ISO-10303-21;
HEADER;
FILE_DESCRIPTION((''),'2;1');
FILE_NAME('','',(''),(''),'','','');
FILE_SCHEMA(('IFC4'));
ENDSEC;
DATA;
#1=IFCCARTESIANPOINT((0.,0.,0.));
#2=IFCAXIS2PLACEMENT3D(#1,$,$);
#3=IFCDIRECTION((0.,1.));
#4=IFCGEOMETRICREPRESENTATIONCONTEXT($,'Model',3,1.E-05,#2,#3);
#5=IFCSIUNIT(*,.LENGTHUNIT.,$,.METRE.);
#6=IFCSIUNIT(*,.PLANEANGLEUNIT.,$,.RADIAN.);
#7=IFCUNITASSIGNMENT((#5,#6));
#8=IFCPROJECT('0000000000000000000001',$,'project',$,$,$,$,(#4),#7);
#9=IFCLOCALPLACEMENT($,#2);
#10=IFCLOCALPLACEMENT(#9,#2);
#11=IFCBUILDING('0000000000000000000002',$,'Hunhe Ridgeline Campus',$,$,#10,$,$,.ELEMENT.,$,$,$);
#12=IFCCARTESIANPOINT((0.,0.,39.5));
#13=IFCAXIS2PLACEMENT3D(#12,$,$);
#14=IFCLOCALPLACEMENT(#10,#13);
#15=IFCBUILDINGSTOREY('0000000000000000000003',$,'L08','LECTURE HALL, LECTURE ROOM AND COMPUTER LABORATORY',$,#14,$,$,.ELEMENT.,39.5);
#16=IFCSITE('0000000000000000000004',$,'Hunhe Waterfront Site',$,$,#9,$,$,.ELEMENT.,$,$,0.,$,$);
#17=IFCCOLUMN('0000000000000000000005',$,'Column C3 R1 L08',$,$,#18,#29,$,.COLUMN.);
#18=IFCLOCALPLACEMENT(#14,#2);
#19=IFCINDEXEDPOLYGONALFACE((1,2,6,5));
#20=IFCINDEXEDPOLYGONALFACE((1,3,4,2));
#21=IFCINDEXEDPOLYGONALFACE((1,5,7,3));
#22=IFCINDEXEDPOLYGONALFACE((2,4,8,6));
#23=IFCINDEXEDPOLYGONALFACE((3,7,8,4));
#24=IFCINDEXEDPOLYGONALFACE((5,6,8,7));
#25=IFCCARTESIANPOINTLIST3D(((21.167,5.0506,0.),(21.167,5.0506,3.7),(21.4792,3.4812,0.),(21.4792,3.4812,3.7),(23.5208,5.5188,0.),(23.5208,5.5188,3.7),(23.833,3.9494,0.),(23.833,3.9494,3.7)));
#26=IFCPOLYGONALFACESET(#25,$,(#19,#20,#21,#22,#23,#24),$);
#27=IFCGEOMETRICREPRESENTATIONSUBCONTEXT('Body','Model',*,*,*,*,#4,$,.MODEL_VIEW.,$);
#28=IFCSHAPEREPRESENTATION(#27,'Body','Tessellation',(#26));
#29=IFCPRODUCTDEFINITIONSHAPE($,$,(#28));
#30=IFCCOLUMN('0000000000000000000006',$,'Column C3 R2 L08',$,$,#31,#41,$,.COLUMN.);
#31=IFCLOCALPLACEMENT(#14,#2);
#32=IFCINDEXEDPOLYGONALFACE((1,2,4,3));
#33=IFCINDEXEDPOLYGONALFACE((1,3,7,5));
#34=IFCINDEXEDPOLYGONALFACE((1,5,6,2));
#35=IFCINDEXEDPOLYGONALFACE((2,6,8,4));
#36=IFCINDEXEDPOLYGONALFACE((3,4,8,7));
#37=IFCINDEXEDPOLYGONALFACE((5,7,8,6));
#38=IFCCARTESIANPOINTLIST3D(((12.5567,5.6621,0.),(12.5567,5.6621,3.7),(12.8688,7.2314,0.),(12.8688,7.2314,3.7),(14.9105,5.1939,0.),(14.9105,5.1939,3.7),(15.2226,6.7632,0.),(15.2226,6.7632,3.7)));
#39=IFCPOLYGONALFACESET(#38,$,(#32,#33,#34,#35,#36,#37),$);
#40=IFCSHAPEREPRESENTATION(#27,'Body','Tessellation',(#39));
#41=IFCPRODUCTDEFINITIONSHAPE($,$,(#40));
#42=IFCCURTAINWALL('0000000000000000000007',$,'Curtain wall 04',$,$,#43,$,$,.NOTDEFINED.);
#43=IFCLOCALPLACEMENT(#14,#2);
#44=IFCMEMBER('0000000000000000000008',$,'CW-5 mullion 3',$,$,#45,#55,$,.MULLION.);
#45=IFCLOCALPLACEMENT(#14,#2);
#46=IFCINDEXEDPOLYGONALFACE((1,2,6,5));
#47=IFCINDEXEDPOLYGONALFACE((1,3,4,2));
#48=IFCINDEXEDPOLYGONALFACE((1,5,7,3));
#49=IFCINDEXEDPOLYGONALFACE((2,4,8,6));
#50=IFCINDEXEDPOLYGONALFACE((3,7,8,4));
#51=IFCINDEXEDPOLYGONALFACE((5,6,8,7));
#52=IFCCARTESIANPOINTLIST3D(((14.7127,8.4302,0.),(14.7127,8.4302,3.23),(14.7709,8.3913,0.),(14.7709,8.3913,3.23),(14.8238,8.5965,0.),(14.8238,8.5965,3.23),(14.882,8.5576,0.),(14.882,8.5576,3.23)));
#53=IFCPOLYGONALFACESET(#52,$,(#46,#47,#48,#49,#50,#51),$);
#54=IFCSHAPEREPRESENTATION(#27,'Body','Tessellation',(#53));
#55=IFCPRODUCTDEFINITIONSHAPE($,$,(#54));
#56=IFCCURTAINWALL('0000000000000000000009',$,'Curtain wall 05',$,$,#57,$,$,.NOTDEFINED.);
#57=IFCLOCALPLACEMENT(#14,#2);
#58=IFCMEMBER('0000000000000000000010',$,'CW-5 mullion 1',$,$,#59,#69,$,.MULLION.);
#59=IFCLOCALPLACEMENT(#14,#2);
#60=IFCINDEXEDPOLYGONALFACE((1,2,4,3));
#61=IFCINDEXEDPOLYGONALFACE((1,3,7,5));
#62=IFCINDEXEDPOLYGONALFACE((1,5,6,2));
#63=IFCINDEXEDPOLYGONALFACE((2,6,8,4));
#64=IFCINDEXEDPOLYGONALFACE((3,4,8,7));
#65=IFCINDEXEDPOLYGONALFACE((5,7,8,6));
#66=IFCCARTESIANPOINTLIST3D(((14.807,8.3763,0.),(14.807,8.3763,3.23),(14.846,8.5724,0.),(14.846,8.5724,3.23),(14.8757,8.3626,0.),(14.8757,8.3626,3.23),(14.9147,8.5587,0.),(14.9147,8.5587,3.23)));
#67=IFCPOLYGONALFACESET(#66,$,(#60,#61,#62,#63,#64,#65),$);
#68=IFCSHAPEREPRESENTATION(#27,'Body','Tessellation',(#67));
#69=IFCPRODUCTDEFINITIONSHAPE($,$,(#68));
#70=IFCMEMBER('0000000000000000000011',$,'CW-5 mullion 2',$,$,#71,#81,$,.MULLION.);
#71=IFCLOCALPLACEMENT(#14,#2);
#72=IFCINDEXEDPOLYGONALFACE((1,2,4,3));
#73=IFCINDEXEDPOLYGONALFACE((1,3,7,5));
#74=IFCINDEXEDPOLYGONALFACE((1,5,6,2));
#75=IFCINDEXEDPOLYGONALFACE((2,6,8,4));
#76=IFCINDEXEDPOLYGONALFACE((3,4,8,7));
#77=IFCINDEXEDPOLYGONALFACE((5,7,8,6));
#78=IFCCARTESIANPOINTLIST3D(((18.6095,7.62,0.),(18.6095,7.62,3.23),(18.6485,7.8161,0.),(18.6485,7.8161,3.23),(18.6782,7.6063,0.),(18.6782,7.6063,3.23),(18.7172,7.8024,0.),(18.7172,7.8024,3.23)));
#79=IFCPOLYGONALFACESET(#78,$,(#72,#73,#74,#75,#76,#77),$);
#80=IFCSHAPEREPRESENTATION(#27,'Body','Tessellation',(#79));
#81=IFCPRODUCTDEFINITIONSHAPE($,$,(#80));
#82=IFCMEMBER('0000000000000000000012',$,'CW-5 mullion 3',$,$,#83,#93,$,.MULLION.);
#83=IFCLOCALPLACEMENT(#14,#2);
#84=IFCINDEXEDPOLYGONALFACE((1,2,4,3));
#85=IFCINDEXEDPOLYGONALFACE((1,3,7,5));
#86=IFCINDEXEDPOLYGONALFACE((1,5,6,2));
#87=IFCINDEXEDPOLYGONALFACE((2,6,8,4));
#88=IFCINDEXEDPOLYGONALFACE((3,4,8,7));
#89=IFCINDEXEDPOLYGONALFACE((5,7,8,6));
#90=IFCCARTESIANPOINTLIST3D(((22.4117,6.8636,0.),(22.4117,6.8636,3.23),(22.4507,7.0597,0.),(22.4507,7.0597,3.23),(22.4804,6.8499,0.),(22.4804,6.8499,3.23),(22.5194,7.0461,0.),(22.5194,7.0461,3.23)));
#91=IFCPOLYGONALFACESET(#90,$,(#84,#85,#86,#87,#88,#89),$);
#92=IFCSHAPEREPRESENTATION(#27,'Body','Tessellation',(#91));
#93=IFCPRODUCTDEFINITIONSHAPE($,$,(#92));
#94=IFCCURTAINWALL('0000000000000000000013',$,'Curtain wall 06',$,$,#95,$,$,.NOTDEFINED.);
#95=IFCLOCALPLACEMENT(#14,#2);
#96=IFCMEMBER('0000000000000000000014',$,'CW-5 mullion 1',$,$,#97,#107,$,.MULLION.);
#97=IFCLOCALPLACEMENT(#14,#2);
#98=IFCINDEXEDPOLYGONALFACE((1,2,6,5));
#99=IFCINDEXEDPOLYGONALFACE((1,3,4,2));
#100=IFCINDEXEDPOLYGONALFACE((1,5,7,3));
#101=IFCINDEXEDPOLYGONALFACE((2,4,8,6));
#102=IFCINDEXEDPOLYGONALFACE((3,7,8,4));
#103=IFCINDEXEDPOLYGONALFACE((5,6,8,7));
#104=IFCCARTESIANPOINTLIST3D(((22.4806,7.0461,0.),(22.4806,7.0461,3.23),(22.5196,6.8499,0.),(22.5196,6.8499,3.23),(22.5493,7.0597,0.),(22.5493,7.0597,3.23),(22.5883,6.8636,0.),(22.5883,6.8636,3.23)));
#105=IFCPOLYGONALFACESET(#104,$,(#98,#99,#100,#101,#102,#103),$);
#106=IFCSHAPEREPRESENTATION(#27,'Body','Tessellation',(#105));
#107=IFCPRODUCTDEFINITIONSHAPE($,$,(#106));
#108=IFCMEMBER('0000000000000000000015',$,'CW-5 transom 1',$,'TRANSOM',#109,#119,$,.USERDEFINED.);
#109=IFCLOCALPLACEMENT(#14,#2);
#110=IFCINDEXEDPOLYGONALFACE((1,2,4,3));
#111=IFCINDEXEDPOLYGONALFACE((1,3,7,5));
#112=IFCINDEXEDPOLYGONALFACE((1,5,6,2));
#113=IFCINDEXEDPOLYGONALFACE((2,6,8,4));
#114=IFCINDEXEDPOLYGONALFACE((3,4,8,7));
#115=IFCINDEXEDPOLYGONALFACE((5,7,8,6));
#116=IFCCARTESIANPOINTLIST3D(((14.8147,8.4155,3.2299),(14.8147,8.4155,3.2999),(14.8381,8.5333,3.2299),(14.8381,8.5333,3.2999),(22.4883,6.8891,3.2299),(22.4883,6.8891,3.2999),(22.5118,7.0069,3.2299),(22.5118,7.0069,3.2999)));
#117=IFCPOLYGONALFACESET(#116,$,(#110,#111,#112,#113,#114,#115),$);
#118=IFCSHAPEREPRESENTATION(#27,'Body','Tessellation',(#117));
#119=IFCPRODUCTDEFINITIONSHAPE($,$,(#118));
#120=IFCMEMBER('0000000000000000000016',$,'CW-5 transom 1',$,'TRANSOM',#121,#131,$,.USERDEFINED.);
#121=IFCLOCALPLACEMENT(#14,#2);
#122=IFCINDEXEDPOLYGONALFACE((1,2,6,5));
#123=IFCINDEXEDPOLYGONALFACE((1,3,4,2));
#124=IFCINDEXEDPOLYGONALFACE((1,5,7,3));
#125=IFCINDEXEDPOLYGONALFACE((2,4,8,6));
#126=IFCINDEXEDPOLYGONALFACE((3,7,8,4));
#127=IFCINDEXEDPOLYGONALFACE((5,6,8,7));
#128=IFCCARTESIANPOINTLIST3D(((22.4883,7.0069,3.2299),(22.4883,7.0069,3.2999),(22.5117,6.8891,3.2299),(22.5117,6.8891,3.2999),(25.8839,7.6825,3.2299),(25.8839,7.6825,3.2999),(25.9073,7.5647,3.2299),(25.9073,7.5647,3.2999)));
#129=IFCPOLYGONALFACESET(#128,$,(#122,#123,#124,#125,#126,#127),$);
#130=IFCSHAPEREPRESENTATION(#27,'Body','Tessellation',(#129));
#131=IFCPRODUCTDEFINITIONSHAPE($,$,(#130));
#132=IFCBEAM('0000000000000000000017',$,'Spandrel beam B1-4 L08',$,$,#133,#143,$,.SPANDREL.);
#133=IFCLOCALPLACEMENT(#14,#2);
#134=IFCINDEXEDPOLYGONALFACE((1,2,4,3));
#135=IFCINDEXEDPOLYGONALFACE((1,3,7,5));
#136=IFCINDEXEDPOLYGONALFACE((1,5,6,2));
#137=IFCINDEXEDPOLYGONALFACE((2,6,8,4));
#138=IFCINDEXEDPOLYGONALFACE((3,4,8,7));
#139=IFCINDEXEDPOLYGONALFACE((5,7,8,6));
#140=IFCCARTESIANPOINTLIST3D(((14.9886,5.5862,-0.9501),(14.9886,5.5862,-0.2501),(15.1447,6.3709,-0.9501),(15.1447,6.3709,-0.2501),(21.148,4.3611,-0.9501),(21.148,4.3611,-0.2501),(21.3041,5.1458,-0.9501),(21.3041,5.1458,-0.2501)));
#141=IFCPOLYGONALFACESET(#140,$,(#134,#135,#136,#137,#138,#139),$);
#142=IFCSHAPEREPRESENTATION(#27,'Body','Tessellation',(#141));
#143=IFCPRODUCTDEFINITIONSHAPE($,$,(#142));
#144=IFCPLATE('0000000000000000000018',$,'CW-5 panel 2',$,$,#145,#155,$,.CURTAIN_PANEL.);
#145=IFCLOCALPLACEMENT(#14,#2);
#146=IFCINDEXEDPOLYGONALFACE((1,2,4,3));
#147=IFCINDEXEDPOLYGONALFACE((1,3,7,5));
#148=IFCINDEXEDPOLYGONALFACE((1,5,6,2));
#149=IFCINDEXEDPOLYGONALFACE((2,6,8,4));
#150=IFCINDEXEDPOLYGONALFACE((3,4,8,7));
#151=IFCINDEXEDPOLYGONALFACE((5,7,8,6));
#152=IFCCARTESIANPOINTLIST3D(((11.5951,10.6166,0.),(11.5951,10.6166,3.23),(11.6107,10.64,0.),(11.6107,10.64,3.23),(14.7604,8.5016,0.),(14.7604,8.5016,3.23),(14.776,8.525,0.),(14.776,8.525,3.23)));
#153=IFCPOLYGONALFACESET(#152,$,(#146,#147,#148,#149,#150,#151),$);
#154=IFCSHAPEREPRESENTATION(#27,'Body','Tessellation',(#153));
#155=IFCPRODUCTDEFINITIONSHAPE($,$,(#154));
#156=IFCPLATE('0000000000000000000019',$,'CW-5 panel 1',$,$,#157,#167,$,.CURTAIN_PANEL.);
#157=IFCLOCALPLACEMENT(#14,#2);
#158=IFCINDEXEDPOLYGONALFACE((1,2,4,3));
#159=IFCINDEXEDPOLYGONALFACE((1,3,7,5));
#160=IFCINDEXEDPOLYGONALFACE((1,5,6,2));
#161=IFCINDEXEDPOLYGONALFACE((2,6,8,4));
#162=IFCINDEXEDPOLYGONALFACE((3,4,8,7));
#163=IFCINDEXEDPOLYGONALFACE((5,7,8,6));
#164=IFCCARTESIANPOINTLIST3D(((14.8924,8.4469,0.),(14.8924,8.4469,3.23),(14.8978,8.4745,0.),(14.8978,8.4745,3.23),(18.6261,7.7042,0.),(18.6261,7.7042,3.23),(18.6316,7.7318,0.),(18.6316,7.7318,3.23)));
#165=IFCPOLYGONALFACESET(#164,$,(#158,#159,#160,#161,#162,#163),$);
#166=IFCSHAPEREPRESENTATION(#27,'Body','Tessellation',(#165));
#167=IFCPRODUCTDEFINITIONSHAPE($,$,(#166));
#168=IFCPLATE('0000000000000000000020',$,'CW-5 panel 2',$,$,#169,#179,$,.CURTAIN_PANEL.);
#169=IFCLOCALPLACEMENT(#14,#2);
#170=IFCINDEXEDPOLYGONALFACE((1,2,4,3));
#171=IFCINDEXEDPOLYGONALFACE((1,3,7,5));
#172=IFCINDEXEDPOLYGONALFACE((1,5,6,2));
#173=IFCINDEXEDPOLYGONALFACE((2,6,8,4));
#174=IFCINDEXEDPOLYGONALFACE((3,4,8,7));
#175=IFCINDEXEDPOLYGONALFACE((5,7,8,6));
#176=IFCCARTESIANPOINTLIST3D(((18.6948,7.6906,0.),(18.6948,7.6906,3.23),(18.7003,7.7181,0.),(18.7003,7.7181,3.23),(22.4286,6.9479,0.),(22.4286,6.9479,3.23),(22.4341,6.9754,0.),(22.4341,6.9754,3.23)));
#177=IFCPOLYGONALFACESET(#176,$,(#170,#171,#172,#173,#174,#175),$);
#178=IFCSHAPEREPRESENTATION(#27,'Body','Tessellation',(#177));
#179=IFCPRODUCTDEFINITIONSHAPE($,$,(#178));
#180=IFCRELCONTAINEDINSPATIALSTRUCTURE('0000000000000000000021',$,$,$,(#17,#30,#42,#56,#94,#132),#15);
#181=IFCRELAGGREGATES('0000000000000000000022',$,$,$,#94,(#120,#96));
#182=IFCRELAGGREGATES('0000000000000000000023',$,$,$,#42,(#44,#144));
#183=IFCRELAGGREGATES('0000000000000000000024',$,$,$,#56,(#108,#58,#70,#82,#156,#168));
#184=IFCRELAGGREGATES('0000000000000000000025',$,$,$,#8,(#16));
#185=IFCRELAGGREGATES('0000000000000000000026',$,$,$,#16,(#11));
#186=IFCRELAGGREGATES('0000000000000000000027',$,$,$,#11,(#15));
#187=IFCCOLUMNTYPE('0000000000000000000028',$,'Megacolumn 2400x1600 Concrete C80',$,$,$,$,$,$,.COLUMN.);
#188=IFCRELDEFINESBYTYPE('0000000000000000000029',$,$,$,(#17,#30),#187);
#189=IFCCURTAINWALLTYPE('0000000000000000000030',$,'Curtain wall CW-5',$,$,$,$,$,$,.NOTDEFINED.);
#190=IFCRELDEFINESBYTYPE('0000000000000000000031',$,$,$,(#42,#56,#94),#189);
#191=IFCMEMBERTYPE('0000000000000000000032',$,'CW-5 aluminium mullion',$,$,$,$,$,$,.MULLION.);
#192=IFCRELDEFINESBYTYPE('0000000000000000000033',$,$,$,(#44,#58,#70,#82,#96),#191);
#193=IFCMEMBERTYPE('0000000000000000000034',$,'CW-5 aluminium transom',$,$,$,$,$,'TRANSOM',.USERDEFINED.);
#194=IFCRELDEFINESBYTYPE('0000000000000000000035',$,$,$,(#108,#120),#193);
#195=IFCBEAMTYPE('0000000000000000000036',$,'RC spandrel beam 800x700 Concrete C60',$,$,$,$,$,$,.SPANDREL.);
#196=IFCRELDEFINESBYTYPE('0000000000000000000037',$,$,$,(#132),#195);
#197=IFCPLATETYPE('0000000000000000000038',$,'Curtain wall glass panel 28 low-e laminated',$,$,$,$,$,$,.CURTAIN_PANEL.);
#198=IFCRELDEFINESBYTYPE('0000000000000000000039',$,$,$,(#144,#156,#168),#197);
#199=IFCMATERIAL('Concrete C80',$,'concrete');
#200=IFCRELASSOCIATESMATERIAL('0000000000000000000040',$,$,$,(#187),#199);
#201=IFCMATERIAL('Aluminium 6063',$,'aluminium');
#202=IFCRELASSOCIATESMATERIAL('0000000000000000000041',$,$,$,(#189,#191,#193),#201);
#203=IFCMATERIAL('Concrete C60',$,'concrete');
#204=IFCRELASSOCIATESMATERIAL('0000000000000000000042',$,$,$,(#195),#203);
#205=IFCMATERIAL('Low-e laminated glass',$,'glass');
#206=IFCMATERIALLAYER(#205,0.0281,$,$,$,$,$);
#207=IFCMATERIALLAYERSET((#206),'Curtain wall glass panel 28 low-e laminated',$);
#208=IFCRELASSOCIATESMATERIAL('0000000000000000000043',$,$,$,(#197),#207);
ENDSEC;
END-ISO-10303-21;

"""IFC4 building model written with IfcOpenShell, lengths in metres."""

from ifc_helpers import new_model, si_unit, direction, frame, origin, origin_2d, place, context, subcontext, project, spatial, rectangle, extrude, material, layer, layer_set, material_profile, profile_set, type_object, element, aggregate, save


model = new_model("IFC4")

# Units and contexts
model_context = context("Model", 3, precision=1e-05, world=origin(), true_north=direction((0.0, 1.0)))
body_context = subcontext(model_context, "Body", "Model", "MODEL_VIEW")
ifc_project = project(units=[si_unit("LENGTHUNIT", "METRE"), si_unit("PLANEANGLEUNIT", "RADIAN")], contexts=[model_context])

# Site, building, storey
site_placement = place(None, origin())
site = spatial("IfcSite", under=ifc_project, at=site_placement, Name="Hunhe Waterfront Site", CompositionType="ELEMENT", RefElevation=0.0)
building_placement = place(site_placement, origin())
building = spatial("IfcBuilding", under=site, at=building_placement, Name="Hunhe Ridgeline Campus", CompositionType="ELEMENT")
storey_placement = place(building_placement, frame((0.0, 0.0, 39.5)))
storey = spatial("IfcBuildingStorey", under=building, at=storey_placement, Name="L08", Description="LECTURE HALL, LECTURE ROOM AND COMPUTER LABORATORY", CompositionType="ELEMENT", Elevation=39.5)

# Columns
ifc_material_1 = material(Name="Concrete C80", Category="concrete")
ifc_material_profile_1 = material_profile(ifc_material_1, rectangle(XDim=2.3999, YDim=1.6001, at=origin_2d()))
ifc_profile_set_1 = profile_set([ifc_material_profile_1], Name="Concrete C80")
column_type = type_object("IfcColumnType", Name="Megacolumn 2400x1600 Concrete C80", PredefinedType="COLUMN", material=ifc_profile_set_1)
for number, where, z_axis, x_axis, name in (
    (1, (22.5, 4.5, 0.0), (0.0, 0.0, 1.0), (0.980785, 0.19509, 0.0), "Column C3 R1 L08"),
    (2, (13.8896, 6.2126, 0.0), (0.0, 0.0, 1.0), (-0.980785, 0.19509, 0.0), "Column C3 R2 L08"),
):
    element("IfcColumn", number, at=place(storey_placement, frame(where, z_axis=z_axis, x_axis=x_axis)), inside=storey, type_object=column_type, Name=name, PredefinedType="COLUMN", context=body_context, shape_type="SweptSolid", body=[
        extrude(rectangle(XDim=2.3999, YDim=1.6001, at=origin_2d()), origin(), (0.0, 0.0, 1.0), 3.7),
    ])

# Curtain wall, member
ifc_material_2 = material(Name="Aluminium 6063", Category="aluminium")
curtain_wall_type = type_object("IfcCurtainWallType", Name="Curtain wall CW-5", PredefinedType="NOTDEFINED", material=ifc_material_2)
curtain_wall_1_placement = place(storey_placement, origin())
curtain_wall_1 = element("IfcCurtainWall", 3, at=curtain_wall_1_placement, inside=storey, type_object=curtain_wall_type, Name="Curtain wall 04", PredefinedType="NOTDEFINED")
ifc_material_profile_2 = material_profile(ifc_material_2, rectangle(XDim=0.2, YDim=0.0701, at=origin_2d()))
ifc_profile_set_2 = profile_set([ifc_material_profile_2], Name="Aluminium 6063")
member_type_1 = type_object("IfcMemberType", Name="CW-5 aluminium mullion", PredefinedType="MULLION", material=ifc_profile_set_2)
member_1_placement = place(storey_placement, frame((14.7974, 8.4939, 0.0), z_axis=(0.0, 0.0, 1.0), x_axis=(0.55557, 0.83147, 0.0)))
member_1 = element("IfcMember", 4, at=member_1_placement, type_object=member_type_1, Name="CW-5 mullion 3", PredefinedType="MULLION", context=body_context, shape_type="SweptSolid", body=[
    extrude(rectangle(XDim=0.2, YDim=0.0701, at=origin_2d()), origin(), (0.0, 0.0, 1.0), 3.23),
])

# Curtain wall, members
curtain_wall_2_placement = place(storey_placement, origin())
curtain_wall_2 = element("IfcCurtainWall", 5, at=curtain_wall_2_placement, inside=storey, type_object=curtain_wall_type, Name="Curtain wall 05", PredefinedType="NOTDEFINED")
member_2_placement = place(storey_placement, frame((14.8608, 8.4675, 0.0), z_axis=(0.0, 0.0, 1.0), x_axis=(0.19509, 0.980785, 0.0)))
member_2 = element("IfcMember", 6, at=member_2_placement, type_object=member_type_1, Name="CW-5 mullion 1", PredefinedType="MULLION", context=body_context, shape_type="SweptSolid", body=[
    extrude(rectangle(XDim=0.2, YDim=0.0701, at=origin_2d()), origin(), (0.0, 0.0, 1.0), 3.23),
])
member_3_placement = place(storey_placement, frame((18.6633, 7.7112, 0.0), z_axis=(0.0, 0.0, 1.0), x_axis=(0.19509, 0.980785, 0.0)))
member_3 = element("IfcMember", 7, at=member_3_placement, type_object=member_type_1, Name="CW-5 mullion 2", PredefinedType="MULLION", context=body_context, shape_type="SweptSolid", body=[
    extrude(rectangle(XDim=0.2, YDim=0.0701, at=origin_2d()), origin(), (0.0, 0.0, 1.0), 3.23),
])
member_4_placement = place(storey_placement, frame((22.4656, 6.9548, 0.0), z_axis=(0.0, 0.0, 1.0), x_axis=(0.19509, 0.980785, 0.0)))
member_4 = element("IfcMember", 8, at=member_4_placement, type_object=member_type_1, Name="CW-5 mullion 3", PredefinedType="MULLION", context=body_context, shape_type="SweptSolid", body=[
    extrude(rectangle(XDim=0.2, YDim=0.0701, at=origin_2d()), origin(), (0.0, 0.0, 1.0), 3.23),
])

# Curtain wall, member
curtain_wall_3_placement = place(storey_placement, origin())
curtain_wall_3 = element("IfcCurtainWall", 9, at=curtain_wall_3_placement, inside=storey, type_object=curtain_wall_type, Name="Curtain wall 06", PredefinedType="NOTDEFINED")
member_5_placement = place(storey_placement, frame((22.5344, 6.9548, 0.0), z_axis=(0.0, 0.0, 1.0), x_axis=(-0.19509, 0.980785, 0.0)))
member_5 = element("IfcMember", 10, at=member_5_placement, type_object=member_type_1, Name="CW-5 mullion 1", PredefinedType="MULLION", context=body_context, shape_type="SweptSolid", body=[
    extrude(rectangle(XDim=0.2, YDim=0.0701, at=origin_2d()), origin(), (0.0, 0.0, 1.0), 3.23),
])

# Members
ifc_material_profile_3 = material_profile(ifc_material_2, rectangle(XDim=0.1201, YDim=0.0701, at=origin_2d()))
ifc_profile_set_3 = profile_set([ifc_material_profile_3], Name="Aluminium 6063")
member_type_2 = type_object("IfcMemberType", Name="CW-5 aluminium transom", ElementType="TRANSOM", PredefinedType="USERDEFINED", material=ifc_profile_set_3)
member_6_placement = place(storey_placement, frame((14.8264, 8.4744, 3.2649), z_axis=(0.980785, -0.19509, 0.0), x_axis=(0.19509, 0.980785, 0.0)))
member_6 = element("IfcMember", 11, at=member_6_placement, type_object=member_type_2, Name="CW-5 transom 1", ObjectType="TRANSOM", PredefinedType="USERDEFINED", context=body_context, shape_type="SweptSolid", body=[
    extrude(rectangle(XDim=0.1201, YDim=0.0701, at=origin_2d()), origin(), (0.0, 0.0, 1.0), 7.824),
])
member_7_placement = place(storey_placement, frame((22.5, 6.948, 3.2649), z_axis=(0.980778, 0.195126, 0.0), x_axis=(-0.195126, 0.980778, 0.0)))
member_7 = element("IfcMember", 12, at=member_7_placement, type_object=member_type_2, Name="CW-5 transom 1", ObjectType="TRANSOM", PredefinedType="USERDEFINED", context=body_context, shape_type="SweptSolid", body=[
    extrude(rectangle(XDim=0.1201, YDim=0.0701, at=origin_2d()), origin(), (0.0, 0.0, 1.0), 3.4622),
])
aggregate(curtain_wall_3, [member_7, member_5])

# Beam
ifc_material_3 = material(Name="Concrete C60", Category="concrete")
ifc_material_profile_4 = material_profile(ifc_material_3, rectangle(XDim=0.8, YDim=0.7, at=origin_2d()))
ifc_profile_set_4 = profile_set([ifc_material_profile_4], Name="Concrete C60")
beam_type = type_object("IfcBeamType", Name="RC spandrel beam 800x700 Concrete C60", PredefinedType="SPANDREL", material=ifc_profile_set_4)
beam_placement = place(storey_placement, frame((15.0667, 5.9785, -0.6001), z_axis=(0.980788, -0.195077, 0.0), x_axis=(0.195077, 0.980788, 0.0)))
element("IfcBeam", 13, at=beam_placement, inside=storey, type_object=beam_type, Name="Spandrel beam B1-4 L08", PredefinedType="SPANDREL", context=body_context, shape_type="SweptSolid", body=[
    extrude(rectangle(XDim=0.8, YDim=0.7, at=origin_2d()), origin(), (0.0, 0.0, 1.0), 6.28),
])

# Plates
ifc_material_4 = material(Name="Low-e laminated glass", Category="glass")
ifc_layer_1 = layer(ifc_material_4, 0.0281)
ifc_layer_set_1 = layer_set([ifc_layer_1], Name="Curtain wall glass panel 28 low-e laminated")
plate_type = type_object("IfcPlateType", Name="Curtain wall glass panel 28 low-e laminated", PredefinedType="CURTAIN_PANEL", material=ifc_layer_set_1)
plate_1_placement = place(storey_placement, frame((13.1855, 9.5708, 0.0), z_axis=(0.0, 0.0, 1.0), x_axis=(0.83147, -0.55557, 0.0)))
plate_1 = element("IfcPlate", 14, at=plate_1_placement, type_object=plate_type, Name="CW-5 panel 2", PredefinedType="CURTAIN_PANEL", context=body_context, shape_type="SweptSolid", body=[
    extrude(rectangle(XDim=3.8069, YDim=0.0281, at=origin_2d()), origin(), (0.0, 0.0, 1.0), 3.23),
])
aggregate(curtain_wall_1, [member_1, plate_1])
plate_2_placement = place(storey_placement, frame((16.762, 8.0894, 0.0), z_axis=(0.0, 0.0, 1.0), x_axis=(0.980785, -0.19509, 0.0)))
plate_2 = element("IfcPlate", 15, at=plate_2_placement, type_object=plate_type, Name="CW-5 panel 1", PredefinedType="CURTAIN_PANEL", context=body_context, shape_type="SweptSolid", body=[
    extrude(rectangle(XDim=3.8069, YDim=0.0281, at=origin_2d()), origin(), (0.0, 0.0, 1.0), 3.23),
])
plate_3_placement = place(storey_placement, frame((20.5645, 7.333, 0.0), z_axis=(0.0, 0.0, 1.0), x_axis=(0.980785, -0.19509, 0.0)))
plate_3 = element("IfcPlate", 16, at=plate_3_placement, type_object=plate_type, Name="CW-5 panel 2", PredefinedType="CURTAIN_PANEL", context=body_context, shape_type="SweptSolid", body=[
    extrude(rectangle(XDim=3.8069, YDim=0.0281, at=origin_2d()), origin(), (0.0, 0.0, 1.0), 3.23),
])
aggregate(curtain_wall_2, [member_6, member_2, member_3, member_4, plate_2, plate_3])

save(model, "model.ifc")
